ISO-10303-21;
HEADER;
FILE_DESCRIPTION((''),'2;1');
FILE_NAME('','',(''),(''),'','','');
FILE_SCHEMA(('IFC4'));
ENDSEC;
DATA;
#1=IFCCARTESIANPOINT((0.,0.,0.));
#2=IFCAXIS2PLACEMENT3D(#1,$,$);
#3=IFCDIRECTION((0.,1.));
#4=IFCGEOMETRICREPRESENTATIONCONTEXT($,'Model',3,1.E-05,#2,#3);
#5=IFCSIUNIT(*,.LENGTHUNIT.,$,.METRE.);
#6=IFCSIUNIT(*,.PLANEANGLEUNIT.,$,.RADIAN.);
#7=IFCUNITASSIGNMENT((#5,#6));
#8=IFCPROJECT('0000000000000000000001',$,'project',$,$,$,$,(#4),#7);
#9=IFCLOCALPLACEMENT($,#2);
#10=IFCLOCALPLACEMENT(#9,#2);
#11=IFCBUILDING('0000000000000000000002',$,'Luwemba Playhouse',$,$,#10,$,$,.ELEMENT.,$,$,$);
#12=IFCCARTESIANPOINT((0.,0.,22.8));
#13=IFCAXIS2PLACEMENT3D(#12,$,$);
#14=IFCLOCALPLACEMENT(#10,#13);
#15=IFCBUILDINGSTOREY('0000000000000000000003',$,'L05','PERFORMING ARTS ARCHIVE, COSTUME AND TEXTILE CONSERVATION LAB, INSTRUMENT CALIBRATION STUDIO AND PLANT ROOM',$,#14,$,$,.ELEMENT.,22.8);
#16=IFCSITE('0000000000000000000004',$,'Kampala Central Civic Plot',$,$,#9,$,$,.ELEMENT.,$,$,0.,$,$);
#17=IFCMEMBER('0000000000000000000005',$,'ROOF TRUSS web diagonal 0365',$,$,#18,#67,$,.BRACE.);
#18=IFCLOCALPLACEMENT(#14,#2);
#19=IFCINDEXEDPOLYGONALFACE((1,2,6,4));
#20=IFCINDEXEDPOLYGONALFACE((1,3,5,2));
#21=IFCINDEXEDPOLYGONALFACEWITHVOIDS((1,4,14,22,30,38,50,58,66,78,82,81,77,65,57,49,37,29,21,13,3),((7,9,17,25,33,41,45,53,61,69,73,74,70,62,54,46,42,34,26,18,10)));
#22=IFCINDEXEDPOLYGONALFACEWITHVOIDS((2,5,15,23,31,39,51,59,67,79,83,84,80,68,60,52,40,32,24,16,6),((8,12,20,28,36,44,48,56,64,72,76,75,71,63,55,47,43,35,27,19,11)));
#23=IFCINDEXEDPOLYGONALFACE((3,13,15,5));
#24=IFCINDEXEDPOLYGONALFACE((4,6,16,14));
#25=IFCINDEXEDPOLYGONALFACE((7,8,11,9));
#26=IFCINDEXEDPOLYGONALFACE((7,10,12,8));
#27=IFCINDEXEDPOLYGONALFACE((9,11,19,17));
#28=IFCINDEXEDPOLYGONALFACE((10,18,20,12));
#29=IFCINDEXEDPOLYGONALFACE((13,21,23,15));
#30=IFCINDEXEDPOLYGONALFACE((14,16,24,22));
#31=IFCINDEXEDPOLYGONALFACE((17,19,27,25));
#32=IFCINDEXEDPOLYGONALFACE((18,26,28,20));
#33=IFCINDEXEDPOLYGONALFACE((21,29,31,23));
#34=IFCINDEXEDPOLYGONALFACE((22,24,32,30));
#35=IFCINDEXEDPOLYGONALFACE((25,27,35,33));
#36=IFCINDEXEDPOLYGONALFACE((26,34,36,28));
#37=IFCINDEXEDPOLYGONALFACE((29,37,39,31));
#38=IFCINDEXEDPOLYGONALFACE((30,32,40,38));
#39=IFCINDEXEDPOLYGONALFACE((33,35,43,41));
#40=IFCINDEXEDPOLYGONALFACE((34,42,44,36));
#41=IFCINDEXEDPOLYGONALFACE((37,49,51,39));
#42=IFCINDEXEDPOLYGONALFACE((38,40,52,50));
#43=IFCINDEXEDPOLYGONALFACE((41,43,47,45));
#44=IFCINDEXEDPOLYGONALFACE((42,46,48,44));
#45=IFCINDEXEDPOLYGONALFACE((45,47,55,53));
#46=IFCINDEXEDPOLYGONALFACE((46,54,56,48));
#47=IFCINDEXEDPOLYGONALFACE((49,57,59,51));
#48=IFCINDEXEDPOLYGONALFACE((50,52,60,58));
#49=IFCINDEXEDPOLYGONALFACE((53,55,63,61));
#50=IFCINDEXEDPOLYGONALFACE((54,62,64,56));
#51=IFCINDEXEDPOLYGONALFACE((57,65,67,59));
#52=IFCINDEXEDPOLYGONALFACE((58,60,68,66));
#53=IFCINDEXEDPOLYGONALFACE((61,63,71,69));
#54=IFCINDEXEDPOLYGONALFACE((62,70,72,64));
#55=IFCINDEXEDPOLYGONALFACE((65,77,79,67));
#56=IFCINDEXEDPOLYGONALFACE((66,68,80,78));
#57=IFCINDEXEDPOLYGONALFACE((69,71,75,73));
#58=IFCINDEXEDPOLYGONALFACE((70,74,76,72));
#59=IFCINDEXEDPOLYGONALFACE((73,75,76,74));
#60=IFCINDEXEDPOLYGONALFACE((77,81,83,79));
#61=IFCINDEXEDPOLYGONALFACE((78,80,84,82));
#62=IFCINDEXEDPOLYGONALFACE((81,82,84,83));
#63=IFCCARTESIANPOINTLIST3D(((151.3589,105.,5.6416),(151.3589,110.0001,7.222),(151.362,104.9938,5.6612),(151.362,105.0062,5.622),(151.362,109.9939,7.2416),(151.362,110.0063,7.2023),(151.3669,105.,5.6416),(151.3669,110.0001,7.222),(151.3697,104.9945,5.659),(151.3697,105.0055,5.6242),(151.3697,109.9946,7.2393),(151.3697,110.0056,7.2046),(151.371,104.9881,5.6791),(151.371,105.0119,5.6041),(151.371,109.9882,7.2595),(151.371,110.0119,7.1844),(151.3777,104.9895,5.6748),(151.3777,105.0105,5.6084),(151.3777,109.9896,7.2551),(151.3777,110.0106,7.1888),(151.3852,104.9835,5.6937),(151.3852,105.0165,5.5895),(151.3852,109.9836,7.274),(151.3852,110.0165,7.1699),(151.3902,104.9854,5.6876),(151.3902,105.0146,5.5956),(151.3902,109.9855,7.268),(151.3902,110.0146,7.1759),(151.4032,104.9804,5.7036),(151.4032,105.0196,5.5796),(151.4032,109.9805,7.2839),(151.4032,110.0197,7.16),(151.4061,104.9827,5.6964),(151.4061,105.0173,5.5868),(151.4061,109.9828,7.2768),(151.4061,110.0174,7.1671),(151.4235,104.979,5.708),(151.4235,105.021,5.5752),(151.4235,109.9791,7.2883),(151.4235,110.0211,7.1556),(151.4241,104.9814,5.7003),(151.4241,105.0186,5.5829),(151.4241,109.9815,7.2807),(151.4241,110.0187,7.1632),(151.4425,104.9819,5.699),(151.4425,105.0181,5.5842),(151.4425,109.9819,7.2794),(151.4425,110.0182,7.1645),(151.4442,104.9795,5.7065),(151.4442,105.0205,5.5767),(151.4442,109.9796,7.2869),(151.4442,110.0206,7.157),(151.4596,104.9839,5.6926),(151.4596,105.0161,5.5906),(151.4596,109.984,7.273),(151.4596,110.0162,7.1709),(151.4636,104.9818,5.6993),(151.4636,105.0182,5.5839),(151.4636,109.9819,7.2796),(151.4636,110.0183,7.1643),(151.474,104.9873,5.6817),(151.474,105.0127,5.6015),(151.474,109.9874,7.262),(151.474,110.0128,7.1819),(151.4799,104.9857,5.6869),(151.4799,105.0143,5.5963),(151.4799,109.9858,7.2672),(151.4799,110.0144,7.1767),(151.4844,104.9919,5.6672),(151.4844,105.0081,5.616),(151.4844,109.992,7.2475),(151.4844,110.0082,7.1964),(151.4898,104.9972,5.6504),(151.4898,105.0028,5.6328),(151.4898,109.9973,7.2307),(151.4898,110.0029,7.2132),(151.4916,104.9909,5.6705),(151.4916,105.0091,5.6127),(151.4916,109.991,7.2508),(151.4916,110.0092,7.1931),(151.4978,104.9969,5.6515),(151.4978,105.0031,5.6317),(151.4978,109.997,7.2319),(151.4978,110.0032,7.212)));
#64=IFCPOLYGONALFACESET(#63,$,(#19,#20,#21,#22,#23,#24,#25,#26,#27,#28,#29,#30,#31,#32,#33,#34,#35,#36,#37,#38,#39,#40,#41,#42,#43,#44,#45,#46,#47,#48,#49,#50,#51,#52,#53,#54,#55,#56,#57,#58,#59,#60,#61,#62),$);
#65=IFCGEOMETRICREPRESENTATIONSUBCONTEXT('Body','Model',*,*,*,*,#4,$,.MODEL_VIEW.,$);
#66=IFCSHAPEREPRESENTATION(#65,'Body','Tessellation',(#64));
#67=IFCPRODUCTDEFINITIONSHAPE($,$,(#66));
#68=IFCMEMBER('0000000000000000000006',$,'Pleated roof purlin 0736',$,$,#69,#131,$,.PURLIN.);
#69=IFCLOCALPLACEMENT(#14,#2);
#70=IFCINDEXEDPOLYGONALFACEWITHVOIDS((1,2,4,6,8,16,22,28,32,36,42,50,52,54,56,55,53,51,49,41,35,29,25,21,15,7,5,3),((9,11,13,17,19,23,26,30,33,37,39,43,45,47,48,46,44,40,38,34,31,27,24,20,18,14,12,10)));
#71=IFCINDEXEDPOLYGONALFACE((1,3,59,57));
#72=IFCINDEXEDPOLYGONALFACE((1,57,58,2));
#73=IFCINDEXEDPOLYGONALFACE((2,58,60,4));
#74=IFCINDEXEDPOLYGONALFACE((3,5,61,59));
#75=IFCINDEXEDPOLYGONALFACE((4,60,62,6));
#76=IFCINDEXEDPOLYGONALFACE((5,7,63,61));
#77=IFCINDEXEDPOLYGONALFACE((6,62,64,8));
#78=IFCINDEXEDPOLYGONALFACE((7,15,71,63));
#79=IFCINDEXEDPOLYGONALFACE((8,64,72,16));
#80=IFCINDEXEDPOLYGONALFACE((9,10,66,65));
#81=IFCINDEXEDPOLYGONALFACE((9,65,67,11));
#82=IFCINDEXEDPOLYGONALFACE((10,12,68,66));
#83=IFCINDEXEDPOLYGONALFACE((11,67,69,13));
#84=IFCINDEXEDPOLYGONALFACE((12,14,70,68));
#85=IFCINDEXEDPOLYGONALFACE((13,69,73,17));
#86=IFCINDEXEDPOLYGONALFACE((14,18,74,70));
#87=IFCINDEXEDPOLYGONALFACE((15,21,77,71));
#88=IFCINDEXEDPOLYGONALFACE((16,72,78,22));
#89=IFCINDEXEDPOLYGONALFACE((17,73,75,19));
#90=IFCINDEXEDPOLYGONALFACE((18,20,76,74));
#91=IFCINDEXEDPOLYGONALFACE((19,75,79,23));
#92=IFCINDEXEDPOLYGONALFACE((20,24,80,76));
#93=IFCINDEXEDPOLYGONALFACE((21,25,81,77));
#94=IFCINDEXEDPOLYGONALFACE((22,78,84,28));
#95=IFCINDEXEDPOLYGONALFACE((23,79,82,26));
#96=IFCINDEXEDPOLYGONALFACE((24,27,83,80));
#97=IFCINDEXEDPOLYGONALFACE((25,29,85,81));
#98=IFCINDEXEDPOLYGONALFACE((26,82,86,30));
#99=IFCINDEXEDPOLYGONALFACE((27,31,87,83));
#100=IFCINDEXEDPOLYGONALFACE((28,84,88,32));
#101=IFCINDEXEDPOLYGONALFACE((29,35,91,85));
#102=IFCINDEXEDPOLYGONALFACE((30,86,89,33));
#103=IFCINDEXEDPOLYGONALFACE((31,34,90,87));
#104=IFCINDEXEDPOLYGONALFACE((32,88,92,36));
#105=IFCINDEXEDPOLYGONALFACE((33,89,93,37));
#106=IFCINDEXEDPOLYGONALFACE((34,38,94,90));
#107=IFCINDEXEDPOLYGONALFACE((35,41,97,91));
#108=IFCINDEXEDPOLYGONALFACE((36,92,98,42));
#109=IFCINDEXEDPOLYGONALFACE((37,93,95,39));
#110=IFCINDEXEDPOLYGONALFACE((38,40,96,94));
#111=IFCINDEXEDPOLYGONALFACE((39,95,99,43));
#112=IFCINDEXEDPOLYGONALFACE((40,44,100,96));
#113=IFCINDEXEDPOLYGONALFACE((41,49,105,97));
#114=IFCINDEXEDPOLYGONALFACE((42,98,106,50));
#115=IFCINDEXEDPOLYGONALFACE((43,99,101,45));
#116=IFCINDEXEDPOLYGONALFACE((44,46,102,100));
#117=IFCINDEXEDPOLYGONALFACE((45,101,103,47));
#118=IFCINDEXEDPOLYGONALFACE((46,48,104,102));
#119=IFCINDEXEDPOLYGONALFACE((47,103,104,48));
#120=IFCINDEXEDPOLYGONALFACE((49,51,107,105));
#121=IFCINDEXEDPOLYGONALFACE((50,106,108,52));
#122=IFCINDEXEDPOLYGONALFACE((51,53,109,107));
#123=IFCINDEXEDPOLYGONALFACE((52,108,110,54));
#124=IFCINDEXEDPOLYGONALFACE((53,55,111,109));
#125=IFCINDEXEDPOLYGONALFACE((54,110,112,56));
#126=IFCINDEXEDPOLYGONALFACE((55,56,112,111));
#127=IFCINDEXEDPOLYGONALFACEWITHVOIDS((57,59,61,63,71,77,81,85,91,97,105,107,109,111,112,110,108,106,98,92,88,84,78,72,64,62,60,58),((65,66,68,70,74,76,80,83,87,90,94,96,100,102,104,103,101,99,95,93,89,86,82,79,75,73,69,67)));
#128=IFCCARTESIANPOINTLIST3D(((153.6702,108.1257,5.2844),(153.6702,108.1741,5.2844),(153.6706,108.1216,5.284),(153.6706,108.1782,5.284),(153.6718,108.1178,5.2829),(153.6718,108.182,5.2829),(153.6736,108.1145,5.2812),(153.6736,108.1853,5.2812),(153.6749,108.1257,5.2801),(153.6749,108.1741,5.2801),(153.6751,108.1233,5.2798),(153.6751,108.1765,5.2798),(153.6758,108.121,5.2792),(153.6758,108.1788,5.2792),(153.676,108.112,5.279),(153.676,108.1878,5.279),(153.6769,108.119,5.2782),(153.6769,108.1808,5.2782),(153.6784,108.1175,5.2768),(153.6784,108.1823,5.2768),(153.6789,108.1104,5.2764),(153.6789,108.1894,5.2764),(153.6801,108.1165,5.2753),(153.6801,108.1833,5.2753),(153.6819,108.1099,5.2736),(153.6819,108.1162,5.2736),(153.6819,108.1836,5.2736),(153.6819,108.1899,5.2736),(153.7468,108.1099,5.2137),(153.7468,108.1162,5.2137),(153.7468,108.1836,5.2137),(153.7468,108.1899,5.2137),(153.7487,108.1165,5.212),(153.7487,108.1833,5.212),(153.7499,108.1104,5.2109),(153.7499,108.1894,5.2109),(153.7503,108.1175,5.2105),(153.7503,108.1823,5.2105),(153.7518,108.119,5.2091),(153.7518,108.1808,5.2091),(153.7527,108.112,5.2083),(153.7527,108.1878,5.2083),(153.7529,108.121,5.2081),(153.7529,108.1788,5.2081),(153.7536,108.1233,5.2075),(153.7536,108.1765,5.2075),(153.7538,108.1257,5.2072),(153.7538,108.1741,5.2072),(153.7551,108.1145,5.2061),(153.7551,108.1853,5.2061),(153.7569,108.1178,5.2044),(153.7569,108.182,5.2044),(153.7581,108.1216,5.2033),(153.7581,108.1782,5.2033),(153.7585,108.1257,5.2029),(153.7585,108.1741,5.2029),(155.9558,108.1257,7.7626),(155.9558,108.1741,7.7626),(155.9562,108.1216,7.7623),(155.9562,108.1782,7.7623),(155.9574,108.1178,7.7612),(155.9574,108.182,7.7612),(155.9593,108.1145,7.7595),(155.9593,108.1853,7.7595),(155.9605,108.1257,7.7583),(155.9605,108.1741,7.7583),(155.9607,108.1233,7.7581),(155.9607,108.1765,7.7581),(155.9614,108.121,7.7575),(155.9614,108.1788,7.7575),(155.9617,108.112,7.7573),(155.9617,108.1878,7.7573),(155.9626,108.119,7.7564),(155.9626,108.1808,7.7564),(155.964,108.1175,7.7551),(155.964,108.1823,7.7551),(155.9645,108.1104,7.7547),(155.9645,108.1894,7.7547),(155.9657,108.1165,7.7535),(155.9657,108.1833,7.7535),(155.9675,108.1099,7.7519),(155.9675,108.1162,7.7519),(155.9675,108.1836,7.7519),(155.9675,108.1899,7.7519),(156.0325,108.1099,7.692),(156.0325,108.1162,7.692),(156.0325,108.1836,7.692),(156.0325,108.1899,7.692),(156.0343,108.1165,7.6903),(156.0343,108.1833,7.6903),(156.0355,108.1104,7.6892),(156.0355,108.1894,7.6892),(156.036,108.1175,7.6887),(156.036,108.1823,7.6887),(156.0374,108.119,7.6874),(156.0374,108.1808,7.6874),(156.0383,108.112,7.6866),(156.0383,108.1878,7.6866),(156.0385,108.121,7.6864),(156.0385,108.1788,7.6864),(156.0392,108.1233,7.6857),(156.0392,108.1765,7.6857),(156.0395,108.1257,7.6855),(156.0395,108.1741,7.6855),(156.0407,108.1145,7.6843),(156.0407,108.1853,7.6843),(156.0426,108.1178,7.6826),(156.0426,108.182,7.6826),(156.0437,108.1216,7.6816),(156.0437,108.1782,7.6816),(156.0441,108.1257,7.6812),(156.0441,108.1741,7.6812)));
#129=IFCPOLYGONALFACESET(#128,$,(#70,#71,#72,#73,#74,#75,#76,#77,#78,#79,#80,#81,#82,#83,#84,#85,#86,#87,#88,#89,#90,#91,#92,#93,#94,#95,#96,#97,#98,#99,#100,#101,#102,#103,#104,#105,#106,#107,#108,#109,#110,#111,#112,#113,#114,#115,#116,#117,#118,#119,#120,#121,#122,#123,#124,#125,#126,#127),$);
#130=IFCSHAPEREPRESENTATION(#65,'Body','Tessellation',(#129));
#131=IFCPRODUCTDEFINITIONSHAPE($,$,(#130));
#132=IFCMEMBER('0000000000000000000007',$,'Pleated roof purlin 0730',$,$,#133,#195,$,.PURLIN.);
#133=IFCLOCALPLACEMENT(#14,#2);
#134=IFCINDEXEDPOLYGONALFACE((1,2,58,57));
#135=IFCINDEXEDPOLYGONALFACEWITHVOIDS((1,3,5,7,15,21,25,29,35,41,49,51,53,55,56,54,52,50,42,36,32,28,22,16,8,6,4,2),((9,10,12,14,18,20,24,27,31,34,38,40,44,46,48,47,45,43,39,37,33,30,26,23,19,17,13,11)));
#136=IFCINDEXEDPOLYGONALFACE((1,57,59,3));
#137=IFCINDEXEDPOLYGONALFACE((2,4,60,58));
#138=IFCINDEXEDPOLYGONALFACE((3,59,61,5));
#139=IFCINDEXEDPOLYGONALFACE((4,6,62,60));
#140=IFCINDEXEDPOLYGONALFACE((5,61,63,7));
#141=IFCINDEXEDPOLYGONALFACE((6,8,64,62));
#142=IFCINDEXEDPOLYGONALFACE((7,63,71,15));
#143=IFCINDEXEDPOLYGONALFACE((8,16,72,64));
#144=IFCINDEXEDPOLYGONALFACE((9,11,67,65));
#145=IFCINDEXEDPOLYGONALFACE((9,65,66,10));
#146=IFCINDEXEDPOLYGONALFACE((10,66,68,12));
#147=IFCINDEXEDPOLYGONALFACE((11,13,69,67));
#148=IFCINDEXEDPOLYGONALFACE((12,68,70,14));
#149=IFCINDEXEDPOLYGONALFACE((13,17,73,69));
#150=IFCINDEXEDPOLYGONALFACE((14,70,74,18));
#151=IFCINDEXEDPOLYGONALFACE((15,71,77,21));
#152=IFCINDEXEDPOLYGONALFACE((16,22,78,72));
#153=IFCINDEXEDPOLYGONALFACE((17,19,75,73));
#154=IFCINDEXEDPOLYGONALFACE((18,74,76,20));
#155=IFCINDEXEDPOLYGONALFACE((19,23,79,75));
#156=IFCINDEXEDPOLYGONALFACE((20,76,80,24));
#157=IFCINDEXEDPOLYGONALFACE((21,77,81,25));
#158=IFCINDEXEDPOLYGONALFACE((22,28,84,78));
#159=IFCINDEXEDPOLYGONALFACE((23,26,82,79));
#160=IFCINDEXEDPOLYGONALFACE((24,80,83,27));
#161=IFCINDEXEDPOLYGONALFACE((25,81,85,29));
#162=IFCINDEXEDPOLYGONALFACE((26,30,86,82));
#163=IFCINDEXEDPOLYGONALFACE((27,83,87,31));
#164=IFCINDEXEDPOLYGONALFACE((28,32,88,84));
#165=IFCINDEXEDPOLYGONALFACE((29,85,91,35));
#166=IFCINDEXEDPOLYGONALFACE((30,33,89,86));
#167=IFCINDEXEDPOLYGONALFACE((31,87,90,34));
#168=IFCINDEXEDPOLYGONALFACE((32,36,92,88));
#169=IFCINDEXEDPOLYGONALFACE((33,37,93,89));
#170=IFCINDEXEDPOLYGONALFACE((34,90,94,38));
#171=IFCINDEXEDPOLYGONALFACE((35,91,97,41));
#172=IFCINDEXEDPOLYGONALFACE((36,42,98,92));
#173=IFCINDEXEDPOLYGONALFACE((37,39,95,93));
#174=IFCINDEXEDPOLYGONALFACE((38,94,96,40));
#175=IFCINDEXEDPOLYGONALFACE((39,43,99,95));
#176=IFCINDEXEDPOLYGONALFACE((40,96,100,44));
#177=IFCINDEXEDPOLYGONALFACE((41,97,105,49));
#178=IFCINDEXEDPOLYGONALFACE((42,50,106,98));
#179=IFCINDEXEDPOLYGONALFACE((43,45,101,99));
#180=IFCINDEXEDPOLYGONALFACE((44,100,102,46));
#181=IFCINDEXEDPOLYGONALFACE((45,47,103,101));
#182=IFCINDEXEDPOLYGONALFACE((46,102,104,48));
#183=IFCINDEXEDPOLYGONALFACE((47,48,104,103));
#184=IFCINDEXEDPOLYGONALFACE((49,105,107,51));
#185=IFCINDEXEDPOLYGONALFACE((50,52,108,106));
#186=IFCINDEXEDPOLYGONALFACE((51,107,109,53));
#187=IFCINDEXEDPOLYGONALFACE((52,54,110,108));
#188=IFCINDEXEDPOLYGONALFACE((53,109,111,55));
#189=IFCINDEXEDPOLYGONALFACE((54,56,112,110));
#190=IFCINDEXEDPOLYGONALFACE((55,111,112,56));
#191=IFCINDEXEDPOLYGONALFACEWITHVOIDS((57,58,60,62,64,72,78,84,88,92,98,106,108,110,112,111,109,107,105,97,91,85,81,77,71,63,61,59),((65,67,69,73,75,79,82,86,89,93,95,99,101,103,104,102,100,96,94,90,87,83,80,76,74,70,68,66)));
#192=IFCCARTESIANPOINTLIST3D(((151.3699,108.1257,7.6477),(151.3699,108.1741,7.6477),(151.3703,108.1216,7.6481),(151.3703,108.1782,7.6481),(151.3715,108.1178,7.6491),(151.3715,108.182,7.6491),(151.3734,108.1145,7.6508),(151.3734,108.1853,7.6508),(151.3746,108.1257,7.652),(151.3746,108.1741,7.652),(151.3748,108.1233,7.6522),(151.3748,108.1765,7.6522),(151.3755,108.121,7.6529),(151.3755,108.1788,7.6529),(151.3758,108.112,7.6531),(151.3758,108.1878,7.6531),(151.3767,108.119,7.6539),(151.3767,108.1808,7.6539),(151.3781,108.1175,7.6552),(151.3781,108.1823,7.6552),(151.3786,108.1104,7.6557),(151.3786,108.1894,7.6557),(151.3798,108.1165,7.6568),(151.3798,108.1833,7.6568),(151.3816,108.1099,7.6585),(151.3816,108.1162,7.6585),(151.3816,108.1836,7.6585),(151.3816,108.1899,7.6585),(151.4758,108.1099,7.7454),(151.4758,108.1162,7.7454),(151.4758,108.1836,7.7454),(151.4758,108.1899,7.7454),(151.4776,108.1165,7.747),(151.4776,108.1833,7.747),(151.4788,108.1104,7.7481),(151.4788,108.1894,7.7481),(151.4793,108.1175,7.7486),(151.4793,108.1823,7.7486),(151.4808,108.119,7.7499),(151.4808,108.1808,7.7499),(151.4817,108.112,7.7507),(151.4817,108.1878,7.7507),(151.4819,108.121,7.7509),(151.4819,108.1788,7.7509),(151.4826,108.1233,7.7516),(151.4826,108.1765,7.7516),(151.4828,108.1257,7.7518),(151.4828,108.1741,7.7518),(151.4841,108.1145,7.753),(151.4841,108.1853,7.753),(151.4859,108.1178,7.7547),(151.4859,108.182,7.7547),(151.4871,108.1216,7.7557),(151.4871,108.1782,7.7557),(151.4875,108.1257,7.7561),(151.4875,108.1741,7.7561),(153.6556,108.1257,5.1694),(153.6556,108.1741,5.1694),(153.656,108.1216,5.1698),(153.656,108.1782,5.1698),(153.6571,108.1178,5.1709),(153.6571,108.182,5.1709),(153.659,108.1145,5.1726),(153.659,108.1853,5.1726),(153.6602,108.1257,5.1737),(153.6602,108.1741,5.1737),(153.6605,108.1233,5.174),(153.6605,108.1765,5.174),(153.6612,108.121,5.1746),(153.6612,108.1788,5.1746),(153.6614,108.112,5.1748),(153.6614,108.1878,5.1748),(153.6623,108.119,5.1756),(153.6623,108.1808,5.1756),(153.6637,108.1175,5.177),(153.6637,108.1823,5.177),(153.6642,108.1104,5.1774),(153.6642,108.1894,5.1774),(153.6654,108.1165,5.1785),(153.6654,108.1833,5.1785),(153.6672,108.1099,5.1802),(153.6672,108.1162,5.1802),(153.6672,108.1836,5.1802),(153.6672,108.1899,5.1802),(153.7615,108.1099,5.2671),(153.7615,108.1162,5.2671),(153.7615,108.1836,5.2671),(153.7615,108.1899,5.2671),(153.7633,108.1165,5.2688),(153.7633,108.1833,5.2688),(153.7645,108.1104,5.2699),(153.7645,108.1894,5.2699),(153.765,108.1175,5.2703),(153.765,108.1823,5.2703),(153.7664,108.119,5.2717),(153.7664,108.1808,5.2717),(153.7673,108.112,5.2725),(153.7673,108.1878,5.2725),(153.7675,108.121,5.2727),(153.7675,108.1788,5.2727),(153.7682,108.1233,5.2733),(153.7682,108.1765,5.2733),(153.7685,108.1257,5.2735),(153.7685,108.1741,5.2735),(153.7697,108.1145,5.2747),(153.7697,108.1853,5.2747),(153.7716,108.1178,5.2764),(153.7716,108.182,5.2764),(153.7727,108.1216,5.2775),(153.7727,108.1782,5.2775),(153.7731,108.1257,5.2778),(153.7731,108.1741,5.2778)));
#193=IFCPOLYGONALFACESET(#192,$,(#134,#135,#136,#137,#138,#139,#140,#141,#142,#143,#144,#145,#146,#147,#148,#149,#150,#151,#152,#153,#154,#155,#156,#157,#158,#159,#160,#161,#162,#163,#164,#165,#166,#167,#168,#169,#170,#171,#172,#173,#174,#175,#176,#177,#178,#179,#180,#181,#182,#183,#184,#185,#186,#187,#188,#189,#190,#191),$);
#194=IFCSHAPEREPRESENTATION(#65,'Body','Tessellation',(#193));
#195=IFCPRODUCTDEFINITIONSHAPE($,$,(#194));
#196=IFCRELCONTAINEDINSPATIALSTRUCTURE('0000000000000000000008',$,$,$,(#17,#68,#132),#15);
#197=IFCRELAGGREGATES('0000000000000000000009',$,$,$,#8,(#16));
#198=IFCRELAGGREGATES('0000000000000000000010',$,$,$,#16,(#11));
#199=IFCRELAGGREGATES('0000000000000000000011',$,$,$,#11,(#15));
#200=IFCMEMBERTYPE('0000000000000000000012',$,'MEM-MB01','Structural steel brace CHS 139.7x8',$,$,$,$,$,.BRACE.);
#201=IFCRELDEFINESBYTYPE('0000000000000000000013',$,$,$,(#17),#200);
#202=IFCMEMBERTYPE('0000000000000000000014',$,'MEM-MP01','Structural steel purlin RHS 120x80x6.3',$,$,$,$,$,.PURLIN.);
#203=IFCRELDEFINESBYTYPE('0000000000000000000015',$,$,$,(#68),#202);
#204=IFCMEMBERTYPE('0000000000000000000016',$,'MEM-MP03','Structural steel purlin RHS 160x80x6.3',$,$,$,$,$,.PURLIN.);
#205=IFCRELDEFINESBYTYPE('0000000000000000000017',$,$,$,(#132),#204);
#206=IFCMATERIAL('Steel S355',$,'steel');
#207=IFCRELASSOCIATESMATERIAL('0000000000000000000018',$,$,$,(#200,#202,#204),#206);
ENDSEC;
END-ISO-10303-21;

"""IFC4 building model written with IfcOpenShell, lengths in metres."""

from ifc_helpers import new_model, si_unit, direction, frame, origin, origin_2d, place, context, subcontext, project, spatial, hollow_rectangle, hollow_circle, extrude, material, material_profile, profile_set, type_object, element, save


model = new_model("IFC4")

# Units and contexts
model_context = context("Model", 3, precision=1e-05, world=origin(), true_north=direction((0.0, 1.0)))
body_context = subcontext(model_context, "Body", "Model", "MODEL_VIEW")
ifc_project = project(units=[si_unit("LENGTHUNIT", "METRE"), si_unit("PLANEANGLEUNIT", "RADIAN")], contexts=[model_context])

# Site, building, storey
site_placement = place(None, origin())
site = spatial("IfcSite", under=ifc_project, at=site_placement, Name="Kampala Central Civic Plot", CompositionType="ELEMENT", RefElevation=0.0)
building_placement = place(site_placement, origin())
building = spatial("IfcBuilding", under=site, at=building_placement, Name="Luwemba Playhouse", CompositionType="ELEMENT")
storey_placement = place(building_placement, frame((0.0, 0.0, 22.8)))
storey = spatial("IfcBuildingStorey", under=building, at=storey_placement, Name="L05", Description="PERFORMING ARTS ARCHIVE, COSTUME AND TEXTILE CONSERVATION LAB, INSTRUMENT CALIBRATION STUDIO AND PLANT ROOM", CompositionType="ELEMENT", Elevation=22.8)

# Shared definitions
ifc_material_1 = material(Name="Steel S355", Category="steel")

# Members
ifc_material_profile_1 = material_profile(ifc_material_1, hollow_circle(Radius=0.0698, WallThickness=0.0081, at=origin_2d()))
ifc_profile_set_1 = profile_set([ifc_material_profile_1], Name="Steel S355")
member_type_1 = type_object("IfcMemberType", Name="MEM-MB01", Description="Structural steel brace CHS 139.7x8", PredefinedType="BRACE", material=ifc_profile_set_1)
member_1_placement = place(storey_placement, frame((151.4287, 105.0, 5.6416), z_axis=(0.0, 0.953507, 0.30137), x_axis=(-1.0, 0.0, 0.0)))
element("IfcMember", 1, at=member_1_placement, inside=storey, type_object=member_type_1, Name="ROOF TRUSS web diagonal 0365", PredefinedType="BRACE", context=body_context, shape_type="SweptSolid", body=[
    extrude(hollow_circle(Radius=0.0698, WallThickness=0.0081, at=origin_2d()), origin(), (0.0, 0.0, 1.0), 5.2439),
])
ifc_material_profile_2 = material_profile(ifc_material_1, hollow_rectangle(XDim=0.0801, YDim=0.1201, WallThickness=0.0063, InnerFilletRadius=0.0095, OuterFilletRadius=0.0159, at=origin_2d()))
ifc_profile_set_2 = profile_set([ifc_material_profile_2], Name="Steel S355")
member_type_2 = type_object("IfcMemberType", Name="MEM-MP01", Description="Structural steel purlin RHS 120x80x6.3", PredefinedType="PURLIN", material=ifc_profile_set_2)
member_2_placement = place(storey_placement, frame((153.7144, 108.1499, 5.2437), z_axis=(0.677961, 0.0, 0.735098), x_axis=(0.0, 1.0, 0.0)))
element("IfcMember", 2, at=member_2_placement, inside=storey, type_object=member_type_2, Name="Pleated roof purlin 0736", PredefinedType="PURLIN", context=body_context, shape_type="SweptSolid", body=[
    extrude(hollow_rectangle(XDim=0.0801, YDim=0.1201, WallThickness=0.0063, InnerFilletRadius=0.0095, OuterFilletRadius=0.0159, at=origin_2d()), origin(), (0.0, 0.0, 1.0), 3.3713),
])
ifc_material_profile_3 = material_profile(ifc_material_1, hollow_rectangle(XDim=0.0801, YDim=0.1599, WallThickness=0.0063, InnerFilletRadius=0.0095, OuterFilletRadius=0.0159, at=origin_2d()))
ifc_profile_set_3 = profile_set([ifc_material_profile_3], Name="Steel S355")
member_type_3 = type_object("IfcMemberType", Name="MEM-MP03", Description="Structural steel purlin RHS 160x80x6.3", PredefinedType="PURLIN", material=ifc_profile_set_3)
member_3_placement = place(storey_placement, frame((151.4287, 108.1499, 7.7019), z_axis=(0.677961, 0.0, -0.735098), x_axis=(0.0, 1.0, 0.0)))
element("IfcMember", 3, at=member_3_placement, inside=storey, type_object=member_type_3, Name="Pleated roof purlin 0730", PredefinedType="PURLIN", context=body_context, shape_type="SweptSolid", body=[
    extrude(hollow_rectangle(XDim=0.0801, YDim=0.1599, WallThickness=0.0063, InnerFilletRadius=0.0095, OuterFilletRadius=0.0159, at=origin_2d()), origin(), (0.0, 0.0, 1.0), 3.3713),
])

save(model, "model.ifc")
